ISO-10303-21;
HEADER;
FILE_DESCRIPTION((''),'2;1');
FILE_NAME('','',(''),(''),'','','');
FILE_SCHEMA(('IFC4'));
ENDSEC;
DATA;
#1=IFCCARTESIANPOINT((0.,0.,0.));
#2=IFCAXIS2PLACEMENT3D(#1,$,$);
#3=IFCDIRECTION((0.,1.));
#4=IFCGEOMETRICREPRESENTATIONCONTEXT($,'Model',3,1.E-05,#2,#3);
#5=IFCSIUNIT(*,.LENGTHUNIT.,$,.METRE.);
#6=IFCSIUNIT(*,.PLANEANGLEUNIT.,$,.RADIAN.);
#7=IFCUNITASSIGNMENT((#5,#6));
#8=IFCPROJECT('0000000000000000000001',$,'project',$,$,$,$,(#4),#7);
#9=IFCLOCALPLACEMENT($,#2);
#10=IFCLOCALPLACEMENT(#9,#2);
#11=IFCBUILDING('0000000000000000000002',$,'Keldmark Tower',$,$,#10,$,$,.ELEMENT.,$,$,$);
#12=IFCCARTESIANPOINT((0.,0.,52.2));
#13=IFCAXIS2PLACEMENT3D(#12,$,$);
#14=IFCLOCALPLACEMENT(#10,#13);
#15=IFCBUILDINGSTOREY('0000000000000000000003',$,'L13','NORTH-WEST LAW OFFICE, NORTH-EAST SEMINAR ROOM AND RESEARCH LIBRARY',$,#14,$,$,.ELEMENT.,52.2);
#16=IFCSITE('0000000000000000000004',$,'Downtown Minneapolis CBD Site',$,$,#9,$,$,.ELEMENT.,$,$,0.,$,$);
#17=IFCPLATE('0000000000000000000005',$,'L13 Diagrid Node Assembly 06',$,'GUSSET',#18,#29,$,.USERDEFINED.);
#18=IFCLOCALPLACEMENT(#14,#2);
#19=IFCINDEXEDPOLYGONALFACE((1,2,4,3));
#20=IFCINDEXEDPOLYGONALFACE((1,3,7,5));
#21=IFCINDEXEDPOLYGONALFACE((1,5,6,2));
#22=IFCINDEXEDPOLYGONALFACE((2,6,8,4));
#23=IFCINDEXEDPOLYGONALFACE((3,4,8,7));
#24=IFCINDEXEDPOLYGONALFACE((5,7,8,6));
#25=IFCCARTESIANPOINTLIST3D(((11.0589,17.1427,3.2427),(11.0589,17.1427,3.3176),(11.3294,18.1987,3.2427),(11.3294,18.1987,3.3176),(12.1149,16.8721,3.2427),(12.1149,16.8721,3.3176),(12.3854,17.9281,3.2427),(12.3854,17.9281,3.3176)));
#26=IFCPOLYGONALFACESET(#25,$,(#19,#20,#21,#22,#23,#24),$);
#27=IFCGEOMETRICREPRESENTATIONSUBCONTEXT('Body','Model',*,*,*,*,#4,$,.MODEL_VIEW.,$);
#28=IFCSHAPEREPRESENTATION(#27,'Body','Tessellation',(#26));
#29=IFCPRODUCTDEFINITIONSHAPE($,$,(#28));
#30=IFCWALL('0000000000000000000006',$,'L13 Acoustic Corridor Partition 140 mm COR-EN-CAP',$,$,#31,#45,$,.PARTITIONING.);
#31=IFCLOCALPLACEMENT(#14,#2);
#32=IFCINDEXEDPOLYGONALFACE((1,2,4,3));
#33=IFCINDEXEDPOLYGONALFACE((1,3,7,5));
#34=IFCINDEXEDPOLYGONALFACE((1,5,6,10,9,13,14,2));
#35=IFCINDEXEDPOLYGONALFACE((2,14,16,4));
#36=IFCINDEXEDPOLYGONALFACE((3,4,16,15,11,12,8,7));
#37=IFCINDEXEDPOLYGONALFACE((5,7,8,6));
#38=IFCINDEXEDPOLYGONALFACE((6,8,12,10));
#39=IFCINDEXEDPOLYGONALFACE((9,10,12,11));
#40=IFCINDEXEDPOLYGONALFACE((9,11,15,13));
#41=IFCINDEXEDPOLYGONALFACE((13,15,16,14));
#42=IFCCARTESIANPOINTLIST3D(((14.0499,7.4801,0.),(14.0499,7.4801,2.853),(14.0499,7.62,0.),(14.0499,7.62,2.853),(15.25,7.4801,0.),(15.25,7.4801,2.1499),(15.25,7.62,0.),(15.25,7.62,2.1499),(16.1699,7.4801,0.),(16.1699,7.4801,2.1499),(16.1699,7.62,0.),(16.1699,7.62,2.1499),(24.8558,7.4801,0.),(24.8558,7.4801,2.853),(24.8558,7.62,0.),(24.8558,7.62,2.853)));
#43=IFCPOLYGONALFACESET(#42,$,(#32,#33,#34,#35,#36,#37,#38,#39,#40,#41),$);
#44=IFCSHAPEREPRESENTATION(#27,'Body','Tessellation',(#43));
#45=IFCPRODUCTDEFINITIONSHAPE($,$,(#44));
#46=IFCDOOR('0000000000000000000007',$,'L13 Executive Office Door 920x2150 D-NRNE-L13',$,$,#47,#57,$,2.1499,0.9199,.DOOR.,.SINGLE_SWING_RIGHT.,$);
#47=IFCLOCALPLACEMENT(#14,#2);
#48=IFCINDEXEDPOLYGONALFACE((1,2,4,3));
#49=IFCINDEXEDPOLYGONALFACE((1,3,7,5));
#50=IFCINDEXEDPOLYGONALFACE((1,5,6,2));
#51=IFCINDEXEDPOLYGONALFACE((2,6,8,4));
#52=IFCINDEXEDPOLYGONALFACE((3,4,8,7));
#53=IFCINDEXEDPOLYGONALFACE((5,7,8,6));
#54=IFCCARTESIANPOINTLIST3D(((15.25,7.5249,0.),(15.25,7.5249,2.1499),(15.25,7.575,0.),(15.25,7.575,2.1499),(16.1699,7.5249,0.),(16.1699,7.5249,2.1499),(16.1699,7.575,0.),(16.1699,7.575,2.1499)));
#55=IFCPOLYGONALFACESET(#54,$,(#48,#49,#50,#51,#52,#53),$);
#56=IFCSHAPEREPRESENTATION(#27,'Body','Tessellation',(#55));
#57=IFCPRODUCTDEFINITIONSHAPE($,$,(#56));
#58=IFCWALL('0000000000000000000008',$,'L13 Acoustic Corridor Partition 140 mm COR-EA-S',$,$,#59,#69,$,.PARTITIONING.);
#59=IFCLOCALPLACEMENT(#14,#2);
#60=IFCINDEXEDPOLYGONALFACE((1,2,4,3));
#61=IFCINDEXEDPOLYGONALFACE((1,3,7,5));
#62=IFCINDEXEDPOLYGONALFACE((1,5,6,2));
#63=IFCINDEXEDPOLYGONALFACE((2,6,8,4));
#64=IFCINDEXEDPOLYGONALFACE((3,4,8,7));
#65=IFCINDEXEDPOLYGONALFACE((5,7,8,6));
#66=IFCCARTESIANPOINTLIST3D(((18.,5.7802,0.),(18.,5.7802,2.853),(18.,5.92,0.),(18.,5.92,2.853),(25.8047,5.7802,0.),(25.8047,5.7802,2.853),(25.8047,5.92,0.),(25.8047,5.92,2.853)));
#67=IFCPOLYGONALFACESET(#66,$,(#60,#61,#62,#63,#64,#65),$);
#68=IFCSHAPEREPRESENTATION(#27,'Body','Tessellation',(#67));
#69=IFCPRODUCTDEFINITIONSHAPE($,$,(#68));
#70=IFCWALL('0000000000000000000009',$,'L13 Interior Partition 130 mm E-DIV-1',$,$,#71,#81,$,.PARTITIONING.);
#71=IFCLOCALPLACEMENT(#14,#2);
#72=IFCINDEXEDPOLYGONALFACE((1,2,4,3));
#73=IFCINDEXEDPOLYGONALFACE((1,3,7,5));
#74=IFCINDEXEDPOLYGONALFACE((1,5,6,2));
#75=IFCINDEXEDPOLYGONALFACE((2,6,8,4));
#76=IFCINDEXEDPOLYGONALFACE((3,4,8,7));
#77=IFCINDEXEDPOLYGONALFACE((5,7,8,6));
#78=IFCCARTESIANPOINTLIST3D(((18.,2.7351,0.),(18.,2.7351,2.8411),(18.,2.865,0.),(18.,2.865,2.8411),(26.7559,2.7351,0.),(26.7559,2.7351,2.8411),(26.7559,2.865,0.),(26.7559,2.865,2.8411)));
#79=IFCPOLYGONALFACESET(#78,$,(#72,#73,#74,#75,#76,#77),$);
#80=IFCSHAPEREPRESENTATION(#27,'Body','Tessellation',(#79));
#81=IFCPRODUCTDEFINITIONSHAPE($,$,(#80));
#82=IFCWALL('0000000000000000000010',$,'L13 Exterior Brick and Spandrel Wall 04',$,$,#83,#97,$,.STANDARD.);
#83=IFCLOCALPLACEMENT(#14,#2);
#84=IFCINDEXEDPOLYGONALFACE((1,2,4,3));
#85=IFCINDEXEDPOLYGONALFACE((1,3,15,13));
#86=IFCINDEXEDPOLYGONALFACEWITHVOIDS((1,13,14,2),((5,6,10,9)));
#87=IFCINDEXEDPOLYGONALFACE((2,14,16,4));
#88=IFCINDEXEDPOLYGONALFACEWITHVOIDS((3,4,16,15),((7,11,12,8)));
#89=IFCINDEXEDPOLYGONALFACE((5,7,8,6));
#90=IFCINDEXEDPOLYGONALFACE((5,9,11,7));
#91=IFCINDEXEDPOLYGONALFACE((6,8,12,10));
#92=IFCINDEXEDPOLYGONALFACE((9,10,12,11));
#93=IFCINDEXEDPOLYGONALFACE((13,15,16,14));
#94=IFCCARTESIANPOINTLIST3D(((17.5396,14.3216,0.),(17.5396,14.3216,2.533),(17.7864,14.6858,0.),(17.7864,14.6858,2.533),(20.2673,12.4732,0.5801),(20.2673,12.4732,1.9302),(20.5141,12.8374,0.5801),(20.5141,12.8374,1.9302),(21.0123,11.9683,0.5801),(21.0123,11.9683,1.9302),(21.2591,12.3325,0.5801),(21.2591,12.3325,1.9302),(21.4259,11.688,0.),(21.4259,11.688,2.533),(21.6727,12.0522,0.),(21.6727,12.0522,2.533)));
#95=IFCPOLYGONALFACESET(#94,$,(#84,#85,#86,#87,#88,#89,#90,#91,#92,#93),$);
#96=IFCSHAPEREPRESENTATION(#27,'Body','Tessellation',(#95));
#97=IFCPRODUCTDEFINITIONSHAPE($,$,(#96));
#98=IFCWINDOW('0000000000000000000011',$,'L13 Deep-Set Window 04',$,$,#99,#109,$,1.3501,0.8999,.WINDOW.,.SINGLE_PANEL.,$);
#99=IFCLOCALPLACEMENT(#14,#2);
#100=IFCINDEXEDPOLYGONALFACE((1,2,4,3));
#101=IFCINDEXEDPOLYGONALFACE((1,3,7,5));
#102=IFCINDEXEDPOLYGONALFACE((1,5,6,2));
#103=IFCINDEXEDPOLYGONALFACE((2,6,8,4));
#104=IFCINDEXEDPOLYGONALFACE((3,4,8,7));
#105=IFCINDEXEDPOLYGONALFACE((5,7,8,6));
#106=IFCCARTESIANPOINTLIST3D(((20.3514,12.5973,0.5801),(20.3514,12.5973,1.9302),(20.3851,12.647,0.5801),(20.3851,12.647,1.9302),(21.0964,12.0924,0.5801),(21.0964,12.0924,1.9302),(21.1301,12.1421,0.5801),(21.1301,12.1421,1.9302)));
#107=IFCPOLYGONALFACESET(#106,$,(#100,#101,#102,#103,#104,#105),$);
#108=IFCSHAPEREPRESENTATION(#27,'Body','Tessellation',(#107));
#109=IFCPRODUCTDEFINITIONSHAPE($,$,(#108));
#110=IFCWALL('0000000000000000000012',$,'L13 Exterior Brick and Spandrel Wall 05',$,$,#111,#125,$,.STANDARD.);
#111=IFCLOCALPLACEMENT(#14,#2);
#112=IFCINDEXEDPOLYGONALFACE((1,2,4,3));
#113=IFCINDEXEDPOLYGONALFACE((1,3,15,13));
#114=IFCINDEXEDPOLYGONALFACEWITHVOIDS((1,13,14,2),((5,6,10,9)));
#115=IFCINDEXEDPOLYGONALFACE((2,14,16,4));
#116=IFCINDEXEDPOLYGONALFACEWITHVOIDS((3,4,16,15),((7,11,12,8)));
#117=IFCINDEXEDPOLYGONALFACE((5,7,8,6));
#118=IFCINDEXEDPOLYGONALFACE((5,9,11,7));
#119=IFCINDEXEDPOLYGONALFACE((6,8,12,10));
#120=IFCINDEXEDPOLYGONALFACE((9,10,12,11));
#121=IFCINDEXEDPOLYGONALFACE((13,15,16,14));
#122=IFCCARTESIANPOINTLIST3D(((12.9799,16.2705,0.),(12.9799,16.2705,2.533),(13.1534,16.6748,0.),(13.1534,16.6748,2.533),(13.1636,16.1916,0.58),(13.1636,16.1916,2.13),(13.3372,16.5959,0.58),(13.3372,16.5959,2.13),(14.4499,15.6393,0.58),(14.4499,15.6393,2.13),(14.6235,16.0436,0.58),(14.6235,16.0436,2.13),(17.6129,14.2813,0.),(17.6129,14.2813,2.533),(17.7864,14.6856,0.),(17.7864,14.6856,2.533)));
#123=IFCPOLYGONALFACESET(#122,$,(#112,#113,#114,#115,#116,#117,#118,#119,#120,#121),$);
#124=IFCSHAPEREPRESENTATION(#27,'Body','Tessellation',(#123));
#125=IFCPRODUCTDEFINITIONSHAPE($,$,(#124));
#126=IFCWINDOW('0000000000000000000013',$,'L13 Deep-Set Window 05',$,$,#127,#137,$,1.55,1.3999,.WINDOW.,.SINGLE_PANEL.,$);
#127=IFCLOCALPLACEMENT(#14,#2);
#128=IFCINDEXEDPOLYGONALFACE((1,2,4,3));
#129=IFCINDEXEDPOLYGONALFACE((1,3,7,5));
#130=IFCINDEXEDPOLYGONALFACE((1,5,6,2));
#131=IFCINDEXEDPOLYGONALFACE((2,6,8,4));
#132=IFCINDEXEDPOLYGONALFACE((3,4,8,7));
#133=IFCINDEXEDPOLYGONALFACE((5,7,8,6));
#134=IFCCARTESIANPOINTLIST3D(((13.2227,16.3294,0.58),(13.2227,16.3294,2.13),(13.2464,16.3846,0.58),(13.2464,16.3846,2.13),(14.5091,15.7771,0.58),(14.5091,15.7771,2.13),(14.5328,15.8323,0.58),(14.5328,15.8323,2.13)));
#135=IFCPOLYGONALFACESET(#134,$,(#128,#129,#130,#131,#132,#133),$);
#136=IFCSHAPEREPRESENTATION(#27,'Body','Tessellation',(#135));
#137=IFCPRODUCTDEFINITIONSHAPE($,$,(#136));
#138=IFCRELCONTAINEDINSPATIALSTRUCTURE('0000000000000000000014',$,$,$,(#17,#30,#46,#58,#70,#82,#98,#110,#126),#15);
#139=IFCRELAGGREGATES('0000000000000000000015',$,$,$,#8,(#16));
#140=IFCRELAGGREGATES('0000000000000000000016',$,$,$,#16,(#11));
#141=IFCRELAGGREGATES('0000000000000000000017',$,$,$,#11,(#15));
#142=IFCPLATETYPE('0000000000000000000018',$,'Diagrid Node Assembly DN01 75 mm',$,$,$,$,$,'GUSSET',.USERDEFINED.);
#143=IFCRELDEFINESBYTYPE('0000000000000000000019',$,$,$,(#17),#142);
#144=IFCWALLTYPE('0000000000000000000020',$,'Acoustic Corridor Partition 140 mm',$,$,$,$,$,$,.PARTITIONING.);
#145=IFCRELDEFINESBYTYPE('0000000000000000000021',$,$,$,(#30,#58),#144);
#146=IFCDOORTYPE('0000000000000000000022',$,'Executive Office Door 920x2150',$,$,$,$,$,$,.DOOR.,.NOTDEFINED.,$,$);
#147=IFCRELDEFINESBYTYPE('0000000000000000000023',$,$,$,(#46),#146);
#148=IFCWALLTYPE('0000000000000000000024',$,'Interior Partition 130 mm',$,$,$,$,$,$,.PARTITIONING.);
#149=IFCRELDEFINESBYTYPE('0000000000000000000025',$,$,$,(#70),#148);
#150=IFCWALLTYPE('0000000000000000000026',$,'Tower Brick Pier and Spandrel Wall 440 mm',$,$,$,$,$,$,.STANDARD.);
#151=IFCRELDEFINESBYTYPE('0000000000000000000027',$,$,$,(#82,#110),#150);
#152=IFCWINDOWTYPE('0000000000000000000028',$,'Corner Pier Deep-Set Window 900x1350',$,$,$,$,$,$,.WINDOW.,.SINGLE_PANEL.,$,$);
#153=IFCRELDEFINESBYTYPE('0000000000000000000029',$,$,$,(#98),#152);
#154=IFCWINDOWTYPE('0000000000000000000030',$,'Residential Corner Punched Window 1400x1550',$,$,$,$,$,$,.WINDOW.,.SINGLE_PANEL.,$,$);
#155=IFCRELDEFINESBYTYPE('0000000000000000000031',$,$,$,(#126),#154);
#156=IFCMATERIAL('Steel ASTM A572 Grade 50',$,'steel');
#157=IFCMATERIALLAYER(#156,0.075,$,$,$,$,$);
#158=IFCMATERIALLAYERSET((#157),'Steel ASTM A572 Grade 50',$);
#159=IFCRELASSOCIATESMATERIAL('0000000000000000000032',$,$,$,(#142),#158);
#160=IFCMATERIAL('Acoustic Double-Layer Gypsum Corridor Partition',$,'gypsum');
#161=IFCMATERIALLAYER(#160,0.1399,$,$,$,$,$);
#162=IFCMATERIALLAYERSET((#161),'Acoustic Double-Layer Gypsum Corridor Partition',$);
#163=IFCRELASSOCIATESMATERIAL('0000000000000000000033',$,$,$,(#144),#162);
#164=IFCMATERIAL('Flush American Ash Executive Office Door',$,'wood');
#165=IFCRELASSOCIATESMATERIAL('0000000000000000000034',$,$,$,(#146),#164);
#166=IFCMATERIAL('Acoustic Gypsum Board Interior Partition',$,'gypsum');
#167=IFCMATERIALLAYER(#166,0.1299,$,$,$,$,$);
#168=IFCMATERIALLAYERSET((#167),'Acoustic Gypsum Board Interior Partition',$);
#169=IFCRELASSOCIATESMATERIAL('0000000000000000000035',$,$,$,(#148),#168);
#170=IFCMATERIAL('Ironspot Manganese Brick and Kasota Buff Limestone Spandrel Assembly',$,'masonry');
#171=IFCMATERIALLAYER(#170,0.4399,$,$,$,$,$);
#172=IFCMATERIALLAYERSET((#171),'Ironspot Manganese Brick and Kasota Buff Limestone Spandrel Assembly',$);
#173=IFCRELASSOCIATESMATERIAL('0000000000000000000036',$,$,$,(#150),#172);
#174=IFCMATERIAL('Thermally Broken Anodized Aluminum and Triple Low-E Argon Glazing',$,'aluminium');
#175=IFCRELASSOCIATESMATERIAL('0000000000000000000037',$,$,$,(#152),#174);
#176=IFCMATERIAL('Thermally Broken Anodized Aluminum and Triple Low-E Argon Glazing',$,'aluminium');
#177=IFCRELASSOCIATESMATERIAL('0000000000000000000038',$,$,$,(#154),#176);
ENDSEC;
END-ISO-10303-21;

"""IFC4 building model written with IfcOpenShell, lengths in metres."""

from ifc_helpers import new_model, si_unit, direction, frame, frame_2d, origin, origin_2d, place, context, subcontext, project, spatial, rectangle, extrude, material, layer, layer_set, type_object, element, fill, save


model = new_model("IFC4")

# Units and contexts
model_context = context("Model", 3, precision=1e-05, world=origin(), true_north=direction((0.0, 1.0)))
body_context = subcontext(model_context, "Body", "Model", "MODEL_VIEW")
ifc_project = project(units=[si_unit("LENGTHUNIT", "METRE"), si_unit("PLANEANGLEUNIT", "RADIAN")], contexts=[model_context])

# Site, building, storey
site_placement = place(None, origin())
site = spatial("IfcSite", under=ifc_project, at=site_placement, Name="Downtown Minneapolis CBD Site", CompositionType="ELEMENT", RefElevation=0.0)
building_placement = place(site_placement, origin())
building = spatial("IfcBuilding", under=site, at=building_placement, Name="Keldmark Tower", CompositionType="ELEMENT")
storey_placement = place(building_placement, frame((0.0, 0.0, 52.2)))
storey = spatial("IfcBuildingStorey", under=building, at=storey_placement, Name="L13", Description="NORTH-WEST LAW OFFICE, NORTH-EAST SEMINAR ROOM AND RESEARCH LIBRARY", CompositionType="ELEMENT", Elevation=52.2)

# Plate
ifc_material_1 = material(Name="Steel ASTM A572 Grade 50", Category="steel")
ifc_layer_1 = layer(ifc_material_1, 0.075)
ifc_layer_set_1 = layer_set([ifc_layer_1], Name="Steel ASTM A572 Grade 50")
plate_type_1 = type_object("IfcPlateType", Name="Diagrid Node Assembly DN01 75 mm", ElementType="GUSSET", PredefinedType="USERDEFINED", material=ifc_layer_set_1)
for number, where, z_axis, x_axis, name in (
    (1, (11.7222, 17.5354, 3.2427), (0.0, 0.0, 1.0), (-0.968713, 0.248183, 0.0), "L13 Diagrid Node Assembly 06"),
):
    element("IfcPlate", number, at=place(storey_placement, frame(where, z_axis=z_axis, x_axis=x_axis)), inside=storey, type_object=plate_type_1, Name=name, ObjectType="GUSSET", PredefinedType="USERDEFINED", context=body_context, shape_type="SweptSolid", body=[
        extrude(rectangle(XDim=1.0901, YDim=1.0901, at=origin_2d()), origin(), (0.0, 0.0, 1.0), 0.075),
    ])

# Wall, opening, door
ifc_material_2 = material(Name="Acoustic Double-Layer Gypsum Corridor Partition", Category="gypsum")
ifc_layer_2 = layer(ifc_material_2, 0.1399)
ifc_layer_set_2 = layer_set([ifc_layer_2], Name="Acoustic Double-Layer Gypsum Corridor Partition")
wall_type_1 = type_object("IfcWallType", Name="Acoustic Corridor Partition 140 mm", PredefinedType="PARTITIONING", material=ifc_layer_set_2)
wall_1_placement = place(storey_placement, frame((14.05, 7.55, 0.0), z_axis=(0.0, 0.0, 1.0), x_axis=(1.0, 0.0, 0.0)))
wall_1 = element("IfcWall", 2, at=wall_1_placement, inside=storey, type_object=wall_type_1, Name="L13 Acoustic Corridor Partition 140 mm COR-EN-CAP", PredefinedType="PARTITIONING", context=body_context, shape_type="SweptSolid", body=[
    extrude(rectangle(XDim=10.8059, YDim=0.1399, at=frame_2d((5.4028, 0.0))), origin(), (0.0, 0.0, 1.0), 2.853),
])
opening_1_placement = place(wall_1_placement, frame((1.2, 0.0, 0.0)))
opening_1 = element("IfcOpeningElement", 3, at=opening_1_placement, cuts=wall_1, PredefinedType="OPENING", context=body_context, shape_type="SweptSolid", body=[
    extrude(rectangle(XDim=0.9199, YDim=2.1499, at=frame_2d((0.46, 1.075))), frame((0.0, 0.0798, 0.0), z_axis=(0.0, -1.0, 0.0), x_axis=(1.0, 0.0, 0.0)), (0.0, 0.0, 1.0), 0.1599),
])
ifc_material_3 = material(Name="Flush American Ash Executive Office Door", Category="wood")
door_type = type_object("IfcDoorType", Name="Executive Office Door 920x2150", OperationType="NOTDEFINED", PredefinedType="DOOR", material=ifc_material_3)
door_placement = place(opening_1_placement, origin())
door = element("IfcDoor", 4, at=door_placement, inside=storey, type_object=door_type, Name="L13 Executive Office Door 920x2150 D-NRNE-L13", OperationType="SINGLE_SWING_RIGHT", OverallHeight=2.1499, OverallWidth=0.9199, PredefinedType="DOOR", context=body_context, shape_type="SweptSolid", body=[
    extrude(rectangle(XDim=0.9199, YDim=2.1499, at=frame_2d((0.46, 1.075))), frame((0.0, 0.0249, 0.0), z_axis=(0.0, -1.0, 0.0), x_axis=(1.0, 0.0, 0.0)), (0.0, 0.0, 1.0), 0.05),
])
fill(opening_1, door)

# Walls
wall_2_placement = place(storey_placement, frame((18.0, 5.8501, 0.0), z_axis=(0.0, 0.0, 1.0), x_axis=(1.0, 0.0, 0.0)))
element("IfcWall", 5, at=wall_2_placement, inside=storey, type_object=wall_type_1, Name="L13 Acoustic Corridor Partition 140 mm COR-EA-S", PredefinedType="PARTITIONING", context=body_context, shape_type="SweptSolid", body=[
    extrude(rectangle(XDim=7.8047, YDim=0.1399, at=frame_2d((3.9023, 0.0))), origin(), (0.0, 0.0, 1.0), 2.853),
])
ifc_material_4 = material(Name="Acoustic Gypsum Board Interior Partition", Category="gypsum")
ifc_layer_3 = layer(ifc_material_4, 0.1299)
ifc_layer_set_3 = layer_set([ifc_layer_3], Name="Acoustic Gypsum Board Interior Partition")
wall_type_2 = type_object("IfcWallType", Name="Interior Partition 130 mm", PredefinedType="PARTITIONING", material=ifc_layer_set_3)
wall_3_placement = place(storey_placement, frame((18.0, 2.8, 0.0), z_axis=(0.0, 0.0, 1.0), x_axis=(1.0, 0.0, 0.0)))
element("IfcWall", 6, at=wall_3_placement, inside=storey, type_object=wall_type_2, Name="L13 Interior Partition 130 mm E-DIV-1", PredefinedType="PARTITIONING", context=body_context, shape_type="SweptSolid", body=[
    extrude(rectangle(XDim=8.7559, YDim=0.1299, at=frame_2d((4.3779, 0.0))), origin(), (0.0, 0.0, 1.0), 2.8411),
])

# Walls, openings, windows
ifc_material_5 = material(Name="Ironspot Manganese Brick and Kasota Buff Limestone Spandrel Assembly", Category="masonry")
ifc_layer_4 = layer(ifc_material_5, 0.4399)
ifc_layer_set_4 = layer_set([ifc_layer_4], Name="Ironspot Manganese Brick and Kasota Buff Limestone Spandrel Assembly")
wall_type_3 = type_object("IfcWallType", Name="Tower Brick Pier and Spandrel Wall 440 mm", PredefinedType="STANDARD", material=ifc_layer_set_4)
wall_4_placement = place(storey_placement, frame((17.6631, 14.5037, 0.0), z_axis=(0.0, 0.0, 1.0), x_axis=(0.827826, -0.560985, 0.0)))
wall_4 = element("IfcWall", 7, at=wall_4_placement, inside=storey, type_object=wall_type_3, Name="L13 Exterior Brick and Spandrel Wall 04", PredefinedType="STANDARD", context=body_context, shape_type="SweptSolid", body=[
    extrude(rectangle(XDim=4.6946, YDim=0.4399, at=frame_2d((2.3472, 0.0))), origin(), (0.0, 0.0, 1.0), 2.533),
])
opening_2_placement = place(wall_4_placement, frame((3.2949, 0.0, 0.5801)))
opening_2 = element("IfcOpeningElement", 8, at=opening_2_placement, cuts=wall_4, PredefinedType="OPENING", context=body_context, shape_type="SweptSolid", body=[
    extrude(rectangle(XDim=0.8999, YDim=1.3501, at=frame_2d((0.45, 0.675))), frame((0.0, 0.23, 0.0), z_axis=(0.0, -1.0, 0.0), x_axis=(1.0, 0.0, 0.0)), (0.0, 0.0, 1.0), 0.46),
])
ifc_material_6 = material(Name="Thermally Broken Anodized Aluminum and Triple Low-E Argon Glazing", Category="aluminium")
window_type_1 = type_object("IfcWindowType", Name="Corner Pier Deep-Set Window 900x1350", PartitioningType="SINGLE_PANEL", PredefinedType="WINDOW", material=ifc_material_6)
window_1_placement = place(opening_2_placement, origin())
window_1 = element("IfcWindow", 9, at=window_1_placement, inside=storey, type_object=window_type_1, Name="L13 Deep-Set Window 04", OverallHeight=1.3501, OverallWidth=0.8999, PartitioningType="SINGLE_PANEL", PredefinedType="WINDOW", context=body_context, shape_type="SweptSolid", body=[
    extrude(rectangle(XDim=0.8999, YDim=1.3501, at=frame_2d((0.45, 0.675))), frame((0.0, -0.01, 0.0), z_axis=(0.0, -1.0, 0.0), x_axis=(1.0, 0.0, 0.0)), (0.0, 0.0, 1.0), 0.0601),
])
fill(opening_2, window_1)
wall_5_placement = place(storey_placement, frame((13.0667, 16.4727, 0.0), z_axis=(0.0, 0.0, 1.0), x_axis=(0.918882, -0.394533, 0.0)))
wall_5 = element("IfcWall", 10, at=wall_5_placement, inside=storey, type_object=wall_type_3, Name="L13 Exterior Brick and Spandrel Wall 05", PredefinedType="STANDARD", context=body_context, shape_type="SweptSolid", body=[
    extrude(rectangle(XDim=5.042, YDim=0.4399, at=frame_2d((2.521, 0.0))), origin(), (0.0, 0.0, 1.0), 2.533),
])
opening_3_placement = place(wall_5_placement, frame((0.2, 0.0, 0.5801)))
opening_3 = element("IfcOpeningElement", 11, at=opening_3_placement, cuts=wall_5, PredefinedType="OPENING", context=body_context, shape_type="SweptSolid", body=[
    extrude(rectangle(XDim=1.3999, YDim=1.55, at=frame_2d((0.7, 0.7749))), frame((0.0, 0.23, 0.0), z_axis=(0.0, -1.0, 0.0), x_axis=(1.0, 0.0, 0.0)), (0.0, 0.0, 1.0), 0.46),
])
ifc_material_7 = material(Name="Thermally Broken Anodized Aluminum and Triple Low-E Argon Glazing", Category="aluminium")
window_type_2 = type_object("IfcWindowType", Name="Residential Corner Punched Window 1400x1550", PartitioningType="SINGLE_PANEL", PredefinedType="WINDOW", material=ifc_material_7)
window_2_placement = place(opening_3_placement, origin())
window_2 = element("IfcWindow", 12, at=window_2_placement, inside=storey, type_object=window_type_2, Name="L13 Deep-Set Window 05", OverallHeight=1.55, OverallWidth=1.3999, PartitioningType="SINGLE_PANEL", PredefinedType="WINDOW", context=body_context, shape_type="SweptSolid", body=[
    extrude(rectangle(XDim=1.3999, YDim=1.55, at=frame_2d((0.7, 0.7749))), frame((0.0, -0.01, 0.0), z_axis=(0.0, -1.0, 0.0), x_axis=(1.0, 0.0, 0.0)), (0.0, 0.0, 1.0), 0.0601),
])
fill(opening_3, window_2)

save(model, "model.ifc")
